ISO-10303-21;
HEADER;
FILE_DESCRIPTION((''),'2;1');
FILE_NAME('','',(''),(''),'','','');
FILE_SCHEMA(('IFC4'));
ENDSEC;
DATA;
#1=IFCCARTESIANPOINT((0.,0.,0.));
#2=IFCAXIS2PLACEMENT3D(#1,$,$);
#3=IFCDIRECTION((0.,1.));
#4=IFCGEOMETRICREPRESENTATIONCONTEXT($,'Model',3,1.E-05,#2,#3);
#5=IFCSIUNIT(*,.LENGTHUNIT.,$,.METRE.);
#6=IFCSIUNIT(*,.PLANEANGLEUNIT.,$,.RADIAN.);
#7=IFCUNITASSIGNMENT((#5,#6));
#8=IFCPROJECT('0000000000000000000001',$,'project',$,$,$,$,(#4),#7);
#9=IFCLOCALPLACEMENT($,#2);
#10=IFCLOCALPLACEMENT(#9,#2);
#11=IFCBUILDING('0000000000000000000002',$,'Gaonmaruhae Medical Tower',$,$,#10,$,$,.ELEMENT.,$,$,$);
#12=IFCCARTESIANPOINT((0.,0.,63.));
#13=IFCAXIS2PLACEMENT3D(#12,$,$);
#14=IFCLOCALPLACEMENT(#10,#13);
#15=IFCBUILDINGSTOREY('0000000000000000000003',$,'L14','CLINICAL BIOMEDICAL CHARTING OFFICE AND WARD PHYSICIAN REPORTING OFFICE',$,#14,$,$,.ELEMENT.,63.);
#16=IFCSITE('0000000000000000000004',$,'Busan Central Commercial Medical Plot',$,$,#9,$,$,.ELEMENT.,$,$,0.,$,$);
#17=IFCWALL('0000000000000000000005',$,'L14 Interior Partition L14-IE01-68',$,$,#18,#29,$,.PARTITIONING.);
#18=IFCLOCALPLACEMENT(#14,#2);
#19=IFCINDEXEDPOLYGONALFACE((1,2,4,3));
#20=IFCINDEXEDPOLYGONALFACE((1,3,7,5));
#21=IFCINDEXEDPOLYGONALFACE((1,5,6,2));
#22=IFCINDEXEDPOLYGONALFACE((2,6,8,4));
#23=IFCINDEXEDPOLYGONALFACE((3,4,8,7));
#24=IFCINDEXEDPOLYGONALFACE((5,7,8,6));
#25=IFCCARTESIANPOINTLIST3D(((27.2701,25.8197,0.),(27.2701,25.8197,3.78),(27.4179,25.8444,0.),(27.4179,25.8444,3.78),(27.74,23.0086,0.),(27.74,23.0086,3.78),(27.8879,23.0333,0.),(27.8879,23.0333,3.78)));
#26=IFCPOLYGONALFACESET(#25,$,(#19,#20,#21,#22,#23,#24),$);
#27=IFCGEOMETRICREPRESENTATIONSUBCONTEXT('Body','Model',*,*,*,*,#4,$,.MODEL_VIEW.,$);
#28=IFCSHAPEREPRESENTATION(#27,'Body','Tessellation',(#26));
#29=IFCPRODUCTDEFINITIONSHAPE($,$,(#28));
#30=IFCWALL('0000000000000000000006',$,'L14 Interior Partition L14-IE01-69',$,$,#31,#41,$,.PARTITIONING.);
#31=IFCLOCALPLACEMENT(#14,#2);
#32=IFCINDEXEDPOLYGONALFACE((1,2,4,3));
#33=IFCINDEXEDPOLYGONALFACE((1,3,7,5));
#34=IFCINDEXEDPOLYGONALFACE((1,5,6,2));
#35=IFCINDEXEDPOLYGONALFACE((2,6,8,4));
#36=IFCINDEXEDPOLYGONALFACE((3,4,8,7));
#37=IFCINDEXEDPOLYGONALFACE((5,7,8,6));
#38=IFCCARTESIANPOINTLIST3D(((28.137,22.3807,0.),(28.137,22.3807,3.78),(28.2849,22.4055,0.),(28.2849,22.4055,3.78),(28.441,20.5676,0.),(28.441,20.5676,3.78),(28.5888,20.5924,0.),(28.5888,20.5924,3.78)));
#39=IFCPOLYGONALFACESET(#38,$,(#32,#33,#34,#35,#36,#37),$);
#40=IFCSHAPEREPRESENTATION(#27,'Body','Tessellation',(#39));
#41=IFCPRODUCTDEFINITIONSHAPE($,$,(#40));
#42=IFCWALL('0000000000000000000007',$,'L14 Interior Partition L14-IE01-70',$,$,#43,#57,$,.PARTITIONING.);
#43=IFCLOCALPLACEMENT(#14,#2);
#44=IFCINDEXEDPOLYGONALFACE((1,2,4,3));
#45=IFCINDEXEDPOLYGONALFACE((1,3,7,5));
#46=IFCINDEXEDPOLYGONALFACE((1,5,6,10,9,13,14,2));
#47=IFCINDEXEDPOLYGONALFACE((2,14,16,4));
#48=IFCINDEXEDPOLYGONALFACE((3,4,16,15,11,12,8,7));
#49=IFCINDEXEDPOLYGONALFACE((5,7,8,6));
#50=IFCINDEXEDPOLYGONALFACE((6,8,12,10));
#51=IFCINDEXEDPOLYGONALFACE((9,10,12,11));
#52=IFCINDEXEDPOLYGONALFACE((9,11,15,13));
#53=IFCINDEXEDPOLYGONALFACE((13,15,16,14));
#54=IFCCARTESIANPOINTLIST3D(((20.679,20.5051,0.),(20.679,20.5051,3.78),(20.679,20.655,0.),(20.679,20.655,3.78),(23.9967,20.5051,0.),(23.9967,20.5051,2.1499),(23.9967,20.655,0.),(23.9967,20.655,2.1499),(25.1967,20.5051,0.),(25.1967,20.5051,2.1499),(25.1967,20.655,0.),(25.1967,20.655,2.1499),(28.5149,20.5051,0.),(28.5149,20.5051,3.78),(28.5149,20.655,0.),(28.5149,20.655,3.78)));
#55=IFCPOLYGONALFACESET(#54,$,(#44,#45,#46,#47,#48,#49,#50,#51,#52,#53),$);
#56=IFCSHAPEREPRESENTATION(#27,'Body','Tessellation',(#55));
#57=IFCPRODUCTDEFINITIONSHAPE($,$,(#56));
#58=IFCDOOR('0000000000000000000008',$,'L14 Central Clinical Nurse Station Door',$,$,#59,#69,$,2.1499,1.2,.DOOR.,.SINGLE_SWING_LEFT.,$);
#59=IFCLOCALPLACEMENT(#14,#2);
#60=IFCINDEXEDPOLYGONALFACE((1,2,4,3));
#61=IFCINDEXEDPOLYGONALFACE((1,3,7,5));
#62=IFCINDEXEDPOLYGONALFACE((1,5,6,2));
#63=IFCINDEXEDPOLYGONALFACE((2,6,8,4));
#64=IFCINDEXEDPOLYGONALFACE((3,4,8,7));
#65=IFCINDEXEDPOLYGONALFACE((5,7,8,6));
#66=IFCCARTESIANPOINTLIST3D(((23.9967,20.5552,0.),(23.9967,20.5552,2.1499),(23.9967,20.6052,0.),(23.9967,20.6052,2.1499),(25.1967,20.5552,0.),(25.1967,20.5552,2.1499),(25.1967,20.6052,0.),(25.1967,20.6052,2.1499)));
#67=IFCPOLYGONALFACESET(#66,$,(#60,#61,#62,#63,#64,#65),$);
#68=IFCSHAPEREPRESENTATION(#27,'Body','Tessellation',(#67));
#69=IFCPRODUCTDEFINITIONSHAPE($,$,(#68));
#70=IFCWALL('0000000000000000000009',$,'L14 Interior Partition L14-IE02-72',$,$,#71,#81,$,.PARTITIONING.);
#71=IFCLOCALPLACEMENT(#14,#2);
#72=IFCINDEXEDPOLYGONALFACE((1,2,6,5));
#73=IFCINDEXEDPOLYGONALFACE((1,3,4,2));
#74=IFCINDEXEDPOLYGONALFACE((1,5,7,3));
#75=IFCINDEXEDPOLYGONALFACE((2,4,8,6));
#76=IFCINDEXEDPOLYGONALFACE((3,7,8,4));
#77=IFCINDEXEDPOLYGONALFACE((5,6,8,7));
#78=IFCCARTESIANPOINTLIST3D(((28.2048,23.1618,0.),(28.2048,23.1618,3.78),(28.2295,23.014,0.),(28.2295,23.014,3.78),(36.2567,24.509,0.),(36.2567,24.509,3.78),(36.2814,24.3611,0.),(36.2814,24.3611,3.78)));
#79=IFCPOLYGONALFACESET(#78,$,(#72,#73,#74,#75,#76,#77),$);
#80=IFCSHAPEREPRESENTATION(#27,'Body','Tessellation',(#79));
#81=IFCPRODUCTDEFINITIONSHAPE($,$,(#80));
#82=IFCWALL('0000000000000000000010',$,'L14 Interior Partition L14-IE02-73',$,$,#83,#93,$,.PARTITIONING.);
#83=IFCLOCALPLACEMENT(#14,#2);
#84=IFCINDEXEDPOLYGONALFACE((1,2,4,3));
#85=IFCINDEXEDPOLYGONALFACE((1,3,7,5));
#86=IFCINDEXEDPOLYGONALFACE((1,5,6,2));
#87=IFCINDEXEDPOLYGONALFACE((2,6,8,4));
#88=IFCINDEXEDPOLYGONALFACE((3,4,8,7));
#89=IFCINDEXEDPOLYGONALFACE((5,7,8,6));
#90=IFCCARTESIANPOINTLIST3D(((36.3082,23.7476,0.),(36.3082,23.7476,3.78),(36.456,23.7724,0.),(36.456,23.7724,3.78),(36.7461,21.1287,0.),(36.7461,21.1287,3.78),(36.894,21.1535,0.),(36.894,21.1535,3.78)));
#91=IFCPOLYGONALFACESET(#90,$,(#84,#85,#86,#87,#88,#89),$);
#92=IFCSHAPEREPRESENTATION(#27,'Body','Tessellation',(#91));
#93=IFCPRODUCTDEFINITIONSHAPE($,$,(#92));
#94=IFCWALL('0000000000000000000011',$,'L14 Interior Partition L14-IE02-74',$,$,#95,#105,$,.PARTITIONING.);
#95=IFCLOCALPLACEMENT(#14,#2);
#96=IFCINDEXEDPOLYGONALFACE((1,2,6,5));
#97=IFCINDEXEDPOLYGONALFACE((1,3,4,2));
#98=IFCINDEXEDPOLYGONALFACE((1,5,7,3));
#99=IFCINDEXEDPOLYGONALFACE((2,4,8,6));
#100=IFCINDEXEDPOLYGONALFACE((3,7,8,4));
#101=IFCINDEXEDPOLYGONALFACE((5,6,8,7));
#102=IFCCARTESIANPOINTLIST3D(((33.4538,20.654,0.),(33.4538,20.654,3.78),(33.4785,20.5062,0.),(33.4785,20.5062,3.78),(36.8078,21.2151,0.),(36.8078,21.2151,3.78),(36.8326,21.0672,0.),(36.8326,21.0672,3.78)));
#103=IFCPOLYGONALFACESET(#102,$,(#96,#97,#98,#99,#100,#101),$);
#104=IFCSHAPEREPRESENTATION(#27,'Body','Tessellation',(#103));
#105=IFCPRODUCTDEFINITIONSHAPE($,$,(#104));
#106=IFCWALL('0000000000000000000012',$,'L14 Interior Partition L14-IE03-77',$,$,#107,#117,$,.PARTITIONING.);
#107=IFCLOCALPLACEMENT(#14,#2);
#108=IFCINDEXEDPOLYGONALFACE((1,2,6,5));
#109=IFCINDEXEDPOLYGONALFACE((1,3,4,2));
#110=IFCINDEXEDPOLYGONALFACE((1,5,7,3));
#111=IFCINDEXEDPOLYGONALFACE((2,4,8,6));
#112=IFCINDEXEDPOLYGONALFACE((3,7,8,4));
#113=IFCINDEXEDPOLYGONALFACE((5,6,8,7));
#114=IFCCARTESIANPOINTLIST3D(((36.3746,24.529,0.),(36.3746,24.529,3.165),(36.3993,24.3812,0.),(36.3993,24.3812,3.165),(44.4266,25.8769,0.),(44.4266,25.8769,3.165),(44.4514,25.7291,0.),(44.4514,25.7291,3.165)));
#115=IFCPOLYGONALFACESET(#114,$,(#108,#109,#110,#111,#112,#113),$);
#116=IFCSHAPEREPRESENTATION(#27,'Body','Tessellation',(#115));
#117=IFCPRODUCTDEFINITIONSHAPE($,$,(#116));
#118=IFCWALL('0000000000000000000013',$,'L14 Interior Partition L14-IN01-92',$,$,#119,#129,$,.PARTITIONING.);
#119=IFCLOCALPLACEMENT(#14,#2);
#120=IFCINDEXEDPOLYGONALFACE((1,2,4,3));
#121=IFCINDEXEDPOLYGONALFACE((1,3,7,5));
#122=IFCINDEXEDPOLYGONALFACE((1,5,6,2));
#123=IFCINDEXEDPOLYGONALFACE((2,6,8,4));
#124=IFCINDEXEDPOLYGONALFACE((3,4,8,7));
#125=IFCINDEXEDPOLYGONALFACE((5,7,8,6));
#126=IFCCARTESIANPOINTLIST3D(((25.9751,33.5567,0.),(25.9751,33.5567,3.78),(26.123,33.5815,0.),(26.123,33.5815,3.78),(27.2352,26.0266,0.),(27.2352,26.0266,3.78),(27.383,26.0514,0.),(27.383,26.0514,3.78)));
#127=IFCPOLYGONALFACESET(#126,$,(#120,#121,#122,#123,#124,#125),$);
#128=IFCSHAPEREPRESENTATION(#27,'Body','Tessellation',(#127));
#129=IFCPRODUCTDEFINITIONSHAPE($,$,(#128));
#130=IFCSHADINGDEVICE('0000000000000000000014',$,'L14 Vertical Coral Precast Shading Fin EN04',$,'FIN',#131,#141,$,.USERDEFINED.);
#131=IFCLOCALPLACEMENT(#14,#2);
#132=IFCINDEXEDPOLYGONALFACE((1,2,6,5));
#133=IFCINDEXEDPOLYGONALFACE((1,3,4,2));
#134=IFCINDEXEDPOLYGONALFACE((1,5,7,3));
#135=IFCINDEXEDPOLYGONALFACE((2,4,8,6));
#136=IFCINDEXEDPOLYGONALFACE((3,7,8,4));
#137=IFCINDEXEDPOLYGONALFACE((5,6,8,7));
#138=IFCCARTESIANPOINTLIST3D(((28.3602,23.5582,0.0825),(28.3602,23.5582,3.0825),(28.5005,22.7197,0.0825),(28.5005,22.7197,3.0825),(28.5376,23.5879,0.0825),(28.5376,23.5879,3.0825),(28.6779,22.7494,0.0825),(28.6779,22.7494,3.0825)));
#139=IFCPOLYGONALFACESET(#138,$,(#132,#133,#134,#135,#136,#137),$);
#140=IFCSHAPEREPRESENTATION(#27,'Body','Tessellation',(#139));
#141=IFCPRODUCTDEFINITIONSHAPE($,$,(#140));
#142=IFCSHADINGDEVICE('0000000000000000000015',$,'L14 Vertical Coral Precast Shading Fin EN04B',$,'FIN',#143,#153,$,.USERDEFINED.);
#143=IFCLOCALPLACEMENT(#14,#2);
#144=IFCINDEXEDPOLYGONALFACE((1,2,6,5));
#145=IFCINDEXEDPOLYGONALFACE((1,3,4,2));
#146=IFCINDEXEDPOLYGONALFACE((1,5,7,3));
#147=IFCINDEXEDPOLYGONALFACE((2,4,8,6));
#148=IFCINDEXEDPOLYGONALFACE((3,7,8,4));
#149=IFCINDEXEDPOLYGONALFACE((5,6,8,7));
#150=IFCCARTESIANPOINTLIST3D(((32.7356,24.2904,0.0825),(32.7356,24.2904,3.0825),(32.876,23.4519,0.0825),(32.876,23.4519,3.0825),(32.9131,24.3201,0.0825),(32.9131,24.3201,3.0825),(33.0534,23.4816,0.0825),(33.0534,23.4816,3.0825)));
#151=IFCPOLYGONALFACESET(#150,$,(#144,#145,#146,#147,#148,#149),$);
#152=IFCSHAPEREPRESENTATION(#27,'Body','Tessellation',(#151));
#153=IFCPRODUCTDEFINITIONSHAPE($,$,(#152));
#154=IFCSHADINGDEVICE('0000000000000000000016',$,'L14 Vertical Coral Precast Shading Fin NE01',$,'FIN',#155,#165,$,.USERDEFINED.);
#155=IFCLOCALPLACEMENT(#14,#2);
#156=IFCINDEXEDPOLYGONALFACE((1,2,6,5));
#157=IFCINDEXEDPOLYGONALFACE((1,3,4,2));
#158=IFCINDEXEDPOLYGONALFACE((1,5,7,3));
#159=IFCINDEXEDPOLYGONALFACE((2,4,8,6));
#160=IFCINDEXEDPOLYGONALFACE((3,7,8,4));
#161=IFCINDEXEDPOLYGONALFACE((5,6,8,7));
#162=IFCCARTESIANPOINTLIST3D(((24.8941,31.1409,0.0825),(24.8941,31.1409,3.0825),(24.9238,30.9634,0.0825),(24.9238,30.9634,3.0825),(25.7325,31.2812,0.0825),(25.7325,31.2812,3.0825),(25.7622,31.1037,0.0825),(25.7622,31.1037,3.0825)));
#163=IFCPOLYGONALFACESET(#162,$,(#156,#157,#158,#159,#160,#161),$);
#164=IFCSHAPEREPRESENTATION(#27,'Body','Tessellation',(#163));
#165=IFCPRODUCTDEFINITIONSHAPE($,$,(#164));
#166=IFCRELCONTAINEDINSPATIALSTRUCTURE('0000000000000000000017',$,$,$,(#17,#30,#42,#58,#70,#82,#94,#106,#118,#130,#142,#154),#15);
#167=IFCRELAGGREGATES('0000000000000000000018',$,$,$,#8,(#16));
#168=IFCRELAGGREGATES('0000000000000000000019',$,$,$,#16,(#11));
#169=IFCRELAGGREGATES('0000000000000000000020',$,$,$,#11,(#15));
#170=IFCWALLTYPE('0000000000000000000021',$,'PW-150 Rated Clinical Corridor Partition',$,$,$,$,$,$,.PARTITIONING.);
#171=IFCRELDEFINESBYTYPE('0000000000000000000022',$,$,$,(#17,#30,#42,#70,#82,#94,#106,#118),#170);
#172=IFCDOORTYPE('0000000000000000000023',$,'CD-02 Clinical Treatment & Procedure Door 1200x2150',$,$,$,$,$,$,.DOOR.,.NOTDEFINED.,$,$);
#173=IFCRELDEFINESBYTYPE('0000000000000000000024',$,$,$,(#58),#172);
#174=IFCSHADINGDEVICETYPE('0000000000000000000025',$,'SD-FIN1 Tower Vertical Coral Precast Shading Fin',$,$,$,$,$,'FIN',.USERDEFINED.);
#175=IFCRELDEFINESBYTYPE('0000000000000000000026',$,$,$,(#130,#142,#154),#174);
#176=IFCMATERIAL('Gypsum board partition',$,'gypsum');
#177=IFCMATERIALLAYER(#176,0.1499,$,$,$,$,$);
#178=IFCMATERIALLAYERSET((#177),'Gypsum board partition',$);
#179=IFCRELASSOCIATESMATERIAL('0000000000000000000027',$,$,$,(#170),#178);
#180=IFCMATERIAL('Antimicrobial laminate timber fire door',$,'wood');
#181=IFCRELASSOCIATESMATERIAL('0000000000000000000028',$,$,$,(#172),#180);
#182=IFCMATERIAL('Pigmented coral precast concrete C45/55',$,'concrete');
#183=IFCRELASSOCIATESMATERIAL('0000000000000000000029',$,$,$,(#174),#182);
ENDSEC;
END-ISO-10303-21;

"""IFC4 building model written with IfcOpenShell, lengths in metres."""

from ifc_helpers import new_model, si_unit, direction, frame, frame_2d, origin, origin_2d, place, context, subcontext, project, spatial, rectangle, extrude, material, layer, layer_set, type_object, element, fill, save


model = new_model("IFC4")

# Units and contexts
model_context = context("Model", 3, precision=1e-05, world=origin(), true_north=direction((0.0, 1.0)))
body_context = subcontext(model_context, "Body", "Model", "MODEL_VIEW")
ifc_project = project(units=[si_unit("LENGTHUNIT", "METRE"), si_unit("PLANEANGLEUNIT", "RADIAN")], contexts=[model_context])

# Site, building, storey
site_placement = place(None, origin())
site = spatial("IfcSite", under=ifc_project, at=site_placement, Name="Busan Central Commercial Medical Plot", CompositionType="ELEMENT", RefElevation=0.0)
building_placement = place(site_placement, origin())
building = spatial("IfcBuilding", under=site, at=building_placement, Name="Gaonmaruhae Medical Tower", CompositionType="ELEMENT")
storey_placement = place(building_placement, frame((0.0, 0.0, 63.0)))
storey = spatial("IfcBuildingStorey", under=building, at=storey_placement, Name="L14", Description="CLINICAL BIOMEDICAL CHARTING OFFICE AND WARD PHYSICIAN REPORTING OFFICE", CompositionType="ELEMENT", Elevation=63.0)

# Walls
ifc_material_1 = material(Name="Gypsum board partition", Category="gypsum")
ifc_layer_1 = layer(ifc_material_1, 0.1499)
ifc_layer_set_1 = layer_set([ifc_layer_1], Name="Gypsum board partition")
wall_type_1 = type_object("IfcWallType", Name="PW-150 Rated Clinical Corridor Partition", PredefinedType="PARTITIONING", material=ifc_layer_set_1)
wall_1_placement = place(storey_placement, frame((27.344, 25.832, 0.0), z_axis=(0.0, 0.0, 1.0), x_axis=(0.164899, -0.98631, 0.0)))
element("IfcWall", 1, at=wall_1_placement, inside=storey, type_object=wall_type_1, Name="L14 Interior Partition L14-IE01-68", PredefinedType="PARTITIONING", context=body_context, shape_type="SweptSolid", body=[
    extrude(rectangle(XDim=2.8501, YDim=0.1499, at=frame_2d((1.425, 0.0))), origin(), (0.0, 0.0, 1.0), 3.78),
])
wall_2_placement = place(storey_placement, frame((28.2109, 22.3931, 0.0), z_axis=(0.0, 0.0, 1.0), x_axis=(0.165347, -0.986236, 0.0)))
element("IfcWall", 2, at=wall_2_placement, inside=storey, type_object=wall_type_1, Name="L14 Interior Partition L14-IE01-69", PredefinedType="PARTITIONING", context=body_context, shape_type="SweptSolid", body=[
    extrude(rectangle(XDim=1.8384, YDim=0.1499, at=frame_2d((0.9192, 0.0))), origin(), (0.0, 0.0, 1.0), 3.78),
])

# Wall, opening, door
wall_3_placement = place(storey_placement, frame((28.5149, 20.5801, 0.0), z_axis=(0.0, 0.0, 1.0), x_axis=(-1.0, 0.0, 0.0)))
wall_3 = element("IfcWall", 3, at=wall_3_placement, inside=storey, type_object=wall_type_1, Name="L14 Interior Partition L14-IE01-70", PredefinedType="PARTITIONING", context=body_context, shape_type="SweptSolid", body=[
    extrude(rectangle(XDim=7.8359, YDim=0.1499, at=frame_2d((3.918, 0.0))), origin(), (0.0, 0.0, 1.0), 3.78),
])
opening_1_placement = place(wall_3_placement, frame((3.3181, 0.0, 0.0)))
opening_1 = element("IfcOpeningElement", 4, at=opening_1_placement, cuts=wall_3, PredefinedType="OPENING", context=body_context, shape_type="SweptSolid", body=[
    extrude(rectangle(XDim=1.2, YDim=2.1499, at=frame_2d((0.6001, 1.075))), frame((0.0, 0.085, 0.0), z_axis=(0.0, -1.0, 0.0), x_axis=(1.0, 0.0, 0.0)), (0.0, 0.0, 1.0), 0.1699),
])
ifc_material_2 = material(Name="Antimicrobial laminate timber fire door", Category="wood")
door_type = type_object("IfcDoorType", Name="CD-02 Clinical Treatment & Procedure Door 1200x2150", OperationType="NOTDEFINED", PredefinedType="DOOR", material=ifc_material_2)
door_1_placement = place(opening_1_placement, origin())
door_1 = element("IfcDoor", 5, at=door_1_placement, inside=storey, type_object=door_type, Name="L14 Central Clinical Nurse Station Door", OperationType="SINGLE_SWING_LEFT", OverallHeight=2.1499, OverallWidth=1.2, PredefinedType="DOOR", context=body_context, shape_type="SweptSolid", body=[
    extrude(rectangle(XDim=1.2, YDim=2.1499, at=frame_2d((0.6001, 1.075))), frame((0.0, 0.0249, 0.0), z_axis=(0.0, -1.0, 0.0), x_axis=(1.0, 0.0, 0.0)), (0.0, 0.0, 1.0), 0.05),
])
fill(opening_1, door_1)

# Walls
wall_4_placement = place(storey_placement, frame((28.217, 23.0879, 0.0), z_axis=(0.0, 0.0, 1.0), x_axis=(0.986291, 0.165015, 0.0)))
element("IfcWall", 6, at=wall_4_placement, inside=storey, type_object=wall_type_1, Name="L14 Interior Partition L14-IE02-72", PredefinedType="PARTITIONING", context=body_context, shape_type="SweptSolid", body=[
    extrude(rectangle(XDim=8.1638, YDim=0.1499, at=frame_2d((4.082, 0.0))), origin(), (0.0, 0.0, 1.0), 3.78),
])
wall_5_placement = place(storey_placement, frame((36.3821, 23.76, 0.0), z_axis=(0.0, 0.0, 1.0), x_axis=(0.164951, -0.986302, 0.0)))
element("IfcWall", 7, at=wall_5_placement, inside=storey, type_object=wall_type_1, Name="L14 Interior Partition L14-IE02-73", PredefinedType="PARTITIONING", context=body_context, shape_type="SweptSolid", body=[
    extrude(rectangle(XDim=2.6553, YDim=0.1499, at=frame_2d((1.3276, 0.0))), origin(), (0.0, 0.0, 1.0), 3.78),
])
wall_6_placement = place(storey_placement, frame((36.8201, 21.1411, 0.0), z_axis=(0.0, 0.0, 1.0), x_axis=(-0.986297, -0.164981, 0.0)))
element("IfcWall", 8, at=wall_6_placement, inside=storey, type_object=wall_type_1, Name="L14 Interior Partition L14-IE02-74", PredefinedType="PARTITIONING", context=body_context, shape_type="SweptSolid", body=[
    extrude(rectangle(XDim=3.4006, YDim=0.1499, at=frame_2d((1.7002, 0.0))), origin(), (0.0, 0.0, 1.0), 3.78),
])

# Walls
wall_7_placement = place(storey_placement, frame((36.387, 24.4551, 0.0), z_axis=(0.0, 0.0, 1.0), x_axis=(0.986276, 0.165102, 0.0)))
element("IfcWall", 9, at=wall_7_placement, inside=storey, type_object=wall_type_1, Name="L14 Interior Partition L14-IE03-77", PredefinedType="PARTITIONING", context=body_context, shape_type="SweptSolid", body=[
    extrude(rectangle(XDim=8.1641, YDim=0.1499, at=frame_2d((4.082, 0.0))), origin(), (0.0, 0.0, 1.0), 3.165),
])
wall_8_placement = place(storey_placement, frame((26.0491, 33.5691, 0.0), z_axis=(0.0, 0.0, 1.0), x_axis=(0.165037, -0.986287, 0.0)))
element("IfcWall", 10, at=wall_8_placement, inside=storey, type_object=wall_type_1, Name="L14 Interior Partition L14-IN01-92", PredefinedType="PARTITIONING", context=body_context, shape_type="SweptSolid", body=[
    extrude(rectangle(XDim=7.6348, YDim=0.1499, at=frame_2d((3.8174, 0.0))), origin(), (0.0, 0.0, 1.0), 3.78),
])

# Shading devices
ifc_material_3 = material(Name="Pigmented coral precast concrete C45/55", Category="concrete")
shading_device_type = type_object("IfcShadingDeviceType", Name="SD-FIN1 Tower Vertical Coral Precast Shading Fin", ElementType="FIN", PredefinedType="USERDEFINED", material=ifc_material_3)
for number, where, z_axis, x_axis, name in (
    (11, (28.519, 23.1538, 0.0825), (0.0, 0.0, 1.0), (0.986286, 0.165048, 0.0), "L14 Vertical Coral Precast Shading Fin EN04"),
    (12, (32.8945, 23.886, 0.0825), (0.0, 0.0, 1.0), (0.986286, 0.165048, 0.0), "L14 Vertical Coral Precast Shading Fin EN04B"),
    (13, (25.3281, 31.1223, 0.0825), (0.0, 0.0, 1.0), (-0.165048, 0.986286, 0.0), "L14 Vertical Coral Precast Shading Fin NE01"),
):
    element("IfcShadingDevice", number, at=place(storey_placement, frame(where, z_axis=z_axis, x_axis=x_axis)), inside=storey, type_object=shading_device_type, Name=name, ObjectType="FIN", PredefinedType="USERDEFINED", context=body_context, shape_type="SweptSolid", body=[
        extrude(rectangle(XDim=0.1799, YDim=0.8501, at=origin_2d()), origin(), (0.0, 0.0, 1.0), 3.0),
    ])

save(model, "model.ifc")
